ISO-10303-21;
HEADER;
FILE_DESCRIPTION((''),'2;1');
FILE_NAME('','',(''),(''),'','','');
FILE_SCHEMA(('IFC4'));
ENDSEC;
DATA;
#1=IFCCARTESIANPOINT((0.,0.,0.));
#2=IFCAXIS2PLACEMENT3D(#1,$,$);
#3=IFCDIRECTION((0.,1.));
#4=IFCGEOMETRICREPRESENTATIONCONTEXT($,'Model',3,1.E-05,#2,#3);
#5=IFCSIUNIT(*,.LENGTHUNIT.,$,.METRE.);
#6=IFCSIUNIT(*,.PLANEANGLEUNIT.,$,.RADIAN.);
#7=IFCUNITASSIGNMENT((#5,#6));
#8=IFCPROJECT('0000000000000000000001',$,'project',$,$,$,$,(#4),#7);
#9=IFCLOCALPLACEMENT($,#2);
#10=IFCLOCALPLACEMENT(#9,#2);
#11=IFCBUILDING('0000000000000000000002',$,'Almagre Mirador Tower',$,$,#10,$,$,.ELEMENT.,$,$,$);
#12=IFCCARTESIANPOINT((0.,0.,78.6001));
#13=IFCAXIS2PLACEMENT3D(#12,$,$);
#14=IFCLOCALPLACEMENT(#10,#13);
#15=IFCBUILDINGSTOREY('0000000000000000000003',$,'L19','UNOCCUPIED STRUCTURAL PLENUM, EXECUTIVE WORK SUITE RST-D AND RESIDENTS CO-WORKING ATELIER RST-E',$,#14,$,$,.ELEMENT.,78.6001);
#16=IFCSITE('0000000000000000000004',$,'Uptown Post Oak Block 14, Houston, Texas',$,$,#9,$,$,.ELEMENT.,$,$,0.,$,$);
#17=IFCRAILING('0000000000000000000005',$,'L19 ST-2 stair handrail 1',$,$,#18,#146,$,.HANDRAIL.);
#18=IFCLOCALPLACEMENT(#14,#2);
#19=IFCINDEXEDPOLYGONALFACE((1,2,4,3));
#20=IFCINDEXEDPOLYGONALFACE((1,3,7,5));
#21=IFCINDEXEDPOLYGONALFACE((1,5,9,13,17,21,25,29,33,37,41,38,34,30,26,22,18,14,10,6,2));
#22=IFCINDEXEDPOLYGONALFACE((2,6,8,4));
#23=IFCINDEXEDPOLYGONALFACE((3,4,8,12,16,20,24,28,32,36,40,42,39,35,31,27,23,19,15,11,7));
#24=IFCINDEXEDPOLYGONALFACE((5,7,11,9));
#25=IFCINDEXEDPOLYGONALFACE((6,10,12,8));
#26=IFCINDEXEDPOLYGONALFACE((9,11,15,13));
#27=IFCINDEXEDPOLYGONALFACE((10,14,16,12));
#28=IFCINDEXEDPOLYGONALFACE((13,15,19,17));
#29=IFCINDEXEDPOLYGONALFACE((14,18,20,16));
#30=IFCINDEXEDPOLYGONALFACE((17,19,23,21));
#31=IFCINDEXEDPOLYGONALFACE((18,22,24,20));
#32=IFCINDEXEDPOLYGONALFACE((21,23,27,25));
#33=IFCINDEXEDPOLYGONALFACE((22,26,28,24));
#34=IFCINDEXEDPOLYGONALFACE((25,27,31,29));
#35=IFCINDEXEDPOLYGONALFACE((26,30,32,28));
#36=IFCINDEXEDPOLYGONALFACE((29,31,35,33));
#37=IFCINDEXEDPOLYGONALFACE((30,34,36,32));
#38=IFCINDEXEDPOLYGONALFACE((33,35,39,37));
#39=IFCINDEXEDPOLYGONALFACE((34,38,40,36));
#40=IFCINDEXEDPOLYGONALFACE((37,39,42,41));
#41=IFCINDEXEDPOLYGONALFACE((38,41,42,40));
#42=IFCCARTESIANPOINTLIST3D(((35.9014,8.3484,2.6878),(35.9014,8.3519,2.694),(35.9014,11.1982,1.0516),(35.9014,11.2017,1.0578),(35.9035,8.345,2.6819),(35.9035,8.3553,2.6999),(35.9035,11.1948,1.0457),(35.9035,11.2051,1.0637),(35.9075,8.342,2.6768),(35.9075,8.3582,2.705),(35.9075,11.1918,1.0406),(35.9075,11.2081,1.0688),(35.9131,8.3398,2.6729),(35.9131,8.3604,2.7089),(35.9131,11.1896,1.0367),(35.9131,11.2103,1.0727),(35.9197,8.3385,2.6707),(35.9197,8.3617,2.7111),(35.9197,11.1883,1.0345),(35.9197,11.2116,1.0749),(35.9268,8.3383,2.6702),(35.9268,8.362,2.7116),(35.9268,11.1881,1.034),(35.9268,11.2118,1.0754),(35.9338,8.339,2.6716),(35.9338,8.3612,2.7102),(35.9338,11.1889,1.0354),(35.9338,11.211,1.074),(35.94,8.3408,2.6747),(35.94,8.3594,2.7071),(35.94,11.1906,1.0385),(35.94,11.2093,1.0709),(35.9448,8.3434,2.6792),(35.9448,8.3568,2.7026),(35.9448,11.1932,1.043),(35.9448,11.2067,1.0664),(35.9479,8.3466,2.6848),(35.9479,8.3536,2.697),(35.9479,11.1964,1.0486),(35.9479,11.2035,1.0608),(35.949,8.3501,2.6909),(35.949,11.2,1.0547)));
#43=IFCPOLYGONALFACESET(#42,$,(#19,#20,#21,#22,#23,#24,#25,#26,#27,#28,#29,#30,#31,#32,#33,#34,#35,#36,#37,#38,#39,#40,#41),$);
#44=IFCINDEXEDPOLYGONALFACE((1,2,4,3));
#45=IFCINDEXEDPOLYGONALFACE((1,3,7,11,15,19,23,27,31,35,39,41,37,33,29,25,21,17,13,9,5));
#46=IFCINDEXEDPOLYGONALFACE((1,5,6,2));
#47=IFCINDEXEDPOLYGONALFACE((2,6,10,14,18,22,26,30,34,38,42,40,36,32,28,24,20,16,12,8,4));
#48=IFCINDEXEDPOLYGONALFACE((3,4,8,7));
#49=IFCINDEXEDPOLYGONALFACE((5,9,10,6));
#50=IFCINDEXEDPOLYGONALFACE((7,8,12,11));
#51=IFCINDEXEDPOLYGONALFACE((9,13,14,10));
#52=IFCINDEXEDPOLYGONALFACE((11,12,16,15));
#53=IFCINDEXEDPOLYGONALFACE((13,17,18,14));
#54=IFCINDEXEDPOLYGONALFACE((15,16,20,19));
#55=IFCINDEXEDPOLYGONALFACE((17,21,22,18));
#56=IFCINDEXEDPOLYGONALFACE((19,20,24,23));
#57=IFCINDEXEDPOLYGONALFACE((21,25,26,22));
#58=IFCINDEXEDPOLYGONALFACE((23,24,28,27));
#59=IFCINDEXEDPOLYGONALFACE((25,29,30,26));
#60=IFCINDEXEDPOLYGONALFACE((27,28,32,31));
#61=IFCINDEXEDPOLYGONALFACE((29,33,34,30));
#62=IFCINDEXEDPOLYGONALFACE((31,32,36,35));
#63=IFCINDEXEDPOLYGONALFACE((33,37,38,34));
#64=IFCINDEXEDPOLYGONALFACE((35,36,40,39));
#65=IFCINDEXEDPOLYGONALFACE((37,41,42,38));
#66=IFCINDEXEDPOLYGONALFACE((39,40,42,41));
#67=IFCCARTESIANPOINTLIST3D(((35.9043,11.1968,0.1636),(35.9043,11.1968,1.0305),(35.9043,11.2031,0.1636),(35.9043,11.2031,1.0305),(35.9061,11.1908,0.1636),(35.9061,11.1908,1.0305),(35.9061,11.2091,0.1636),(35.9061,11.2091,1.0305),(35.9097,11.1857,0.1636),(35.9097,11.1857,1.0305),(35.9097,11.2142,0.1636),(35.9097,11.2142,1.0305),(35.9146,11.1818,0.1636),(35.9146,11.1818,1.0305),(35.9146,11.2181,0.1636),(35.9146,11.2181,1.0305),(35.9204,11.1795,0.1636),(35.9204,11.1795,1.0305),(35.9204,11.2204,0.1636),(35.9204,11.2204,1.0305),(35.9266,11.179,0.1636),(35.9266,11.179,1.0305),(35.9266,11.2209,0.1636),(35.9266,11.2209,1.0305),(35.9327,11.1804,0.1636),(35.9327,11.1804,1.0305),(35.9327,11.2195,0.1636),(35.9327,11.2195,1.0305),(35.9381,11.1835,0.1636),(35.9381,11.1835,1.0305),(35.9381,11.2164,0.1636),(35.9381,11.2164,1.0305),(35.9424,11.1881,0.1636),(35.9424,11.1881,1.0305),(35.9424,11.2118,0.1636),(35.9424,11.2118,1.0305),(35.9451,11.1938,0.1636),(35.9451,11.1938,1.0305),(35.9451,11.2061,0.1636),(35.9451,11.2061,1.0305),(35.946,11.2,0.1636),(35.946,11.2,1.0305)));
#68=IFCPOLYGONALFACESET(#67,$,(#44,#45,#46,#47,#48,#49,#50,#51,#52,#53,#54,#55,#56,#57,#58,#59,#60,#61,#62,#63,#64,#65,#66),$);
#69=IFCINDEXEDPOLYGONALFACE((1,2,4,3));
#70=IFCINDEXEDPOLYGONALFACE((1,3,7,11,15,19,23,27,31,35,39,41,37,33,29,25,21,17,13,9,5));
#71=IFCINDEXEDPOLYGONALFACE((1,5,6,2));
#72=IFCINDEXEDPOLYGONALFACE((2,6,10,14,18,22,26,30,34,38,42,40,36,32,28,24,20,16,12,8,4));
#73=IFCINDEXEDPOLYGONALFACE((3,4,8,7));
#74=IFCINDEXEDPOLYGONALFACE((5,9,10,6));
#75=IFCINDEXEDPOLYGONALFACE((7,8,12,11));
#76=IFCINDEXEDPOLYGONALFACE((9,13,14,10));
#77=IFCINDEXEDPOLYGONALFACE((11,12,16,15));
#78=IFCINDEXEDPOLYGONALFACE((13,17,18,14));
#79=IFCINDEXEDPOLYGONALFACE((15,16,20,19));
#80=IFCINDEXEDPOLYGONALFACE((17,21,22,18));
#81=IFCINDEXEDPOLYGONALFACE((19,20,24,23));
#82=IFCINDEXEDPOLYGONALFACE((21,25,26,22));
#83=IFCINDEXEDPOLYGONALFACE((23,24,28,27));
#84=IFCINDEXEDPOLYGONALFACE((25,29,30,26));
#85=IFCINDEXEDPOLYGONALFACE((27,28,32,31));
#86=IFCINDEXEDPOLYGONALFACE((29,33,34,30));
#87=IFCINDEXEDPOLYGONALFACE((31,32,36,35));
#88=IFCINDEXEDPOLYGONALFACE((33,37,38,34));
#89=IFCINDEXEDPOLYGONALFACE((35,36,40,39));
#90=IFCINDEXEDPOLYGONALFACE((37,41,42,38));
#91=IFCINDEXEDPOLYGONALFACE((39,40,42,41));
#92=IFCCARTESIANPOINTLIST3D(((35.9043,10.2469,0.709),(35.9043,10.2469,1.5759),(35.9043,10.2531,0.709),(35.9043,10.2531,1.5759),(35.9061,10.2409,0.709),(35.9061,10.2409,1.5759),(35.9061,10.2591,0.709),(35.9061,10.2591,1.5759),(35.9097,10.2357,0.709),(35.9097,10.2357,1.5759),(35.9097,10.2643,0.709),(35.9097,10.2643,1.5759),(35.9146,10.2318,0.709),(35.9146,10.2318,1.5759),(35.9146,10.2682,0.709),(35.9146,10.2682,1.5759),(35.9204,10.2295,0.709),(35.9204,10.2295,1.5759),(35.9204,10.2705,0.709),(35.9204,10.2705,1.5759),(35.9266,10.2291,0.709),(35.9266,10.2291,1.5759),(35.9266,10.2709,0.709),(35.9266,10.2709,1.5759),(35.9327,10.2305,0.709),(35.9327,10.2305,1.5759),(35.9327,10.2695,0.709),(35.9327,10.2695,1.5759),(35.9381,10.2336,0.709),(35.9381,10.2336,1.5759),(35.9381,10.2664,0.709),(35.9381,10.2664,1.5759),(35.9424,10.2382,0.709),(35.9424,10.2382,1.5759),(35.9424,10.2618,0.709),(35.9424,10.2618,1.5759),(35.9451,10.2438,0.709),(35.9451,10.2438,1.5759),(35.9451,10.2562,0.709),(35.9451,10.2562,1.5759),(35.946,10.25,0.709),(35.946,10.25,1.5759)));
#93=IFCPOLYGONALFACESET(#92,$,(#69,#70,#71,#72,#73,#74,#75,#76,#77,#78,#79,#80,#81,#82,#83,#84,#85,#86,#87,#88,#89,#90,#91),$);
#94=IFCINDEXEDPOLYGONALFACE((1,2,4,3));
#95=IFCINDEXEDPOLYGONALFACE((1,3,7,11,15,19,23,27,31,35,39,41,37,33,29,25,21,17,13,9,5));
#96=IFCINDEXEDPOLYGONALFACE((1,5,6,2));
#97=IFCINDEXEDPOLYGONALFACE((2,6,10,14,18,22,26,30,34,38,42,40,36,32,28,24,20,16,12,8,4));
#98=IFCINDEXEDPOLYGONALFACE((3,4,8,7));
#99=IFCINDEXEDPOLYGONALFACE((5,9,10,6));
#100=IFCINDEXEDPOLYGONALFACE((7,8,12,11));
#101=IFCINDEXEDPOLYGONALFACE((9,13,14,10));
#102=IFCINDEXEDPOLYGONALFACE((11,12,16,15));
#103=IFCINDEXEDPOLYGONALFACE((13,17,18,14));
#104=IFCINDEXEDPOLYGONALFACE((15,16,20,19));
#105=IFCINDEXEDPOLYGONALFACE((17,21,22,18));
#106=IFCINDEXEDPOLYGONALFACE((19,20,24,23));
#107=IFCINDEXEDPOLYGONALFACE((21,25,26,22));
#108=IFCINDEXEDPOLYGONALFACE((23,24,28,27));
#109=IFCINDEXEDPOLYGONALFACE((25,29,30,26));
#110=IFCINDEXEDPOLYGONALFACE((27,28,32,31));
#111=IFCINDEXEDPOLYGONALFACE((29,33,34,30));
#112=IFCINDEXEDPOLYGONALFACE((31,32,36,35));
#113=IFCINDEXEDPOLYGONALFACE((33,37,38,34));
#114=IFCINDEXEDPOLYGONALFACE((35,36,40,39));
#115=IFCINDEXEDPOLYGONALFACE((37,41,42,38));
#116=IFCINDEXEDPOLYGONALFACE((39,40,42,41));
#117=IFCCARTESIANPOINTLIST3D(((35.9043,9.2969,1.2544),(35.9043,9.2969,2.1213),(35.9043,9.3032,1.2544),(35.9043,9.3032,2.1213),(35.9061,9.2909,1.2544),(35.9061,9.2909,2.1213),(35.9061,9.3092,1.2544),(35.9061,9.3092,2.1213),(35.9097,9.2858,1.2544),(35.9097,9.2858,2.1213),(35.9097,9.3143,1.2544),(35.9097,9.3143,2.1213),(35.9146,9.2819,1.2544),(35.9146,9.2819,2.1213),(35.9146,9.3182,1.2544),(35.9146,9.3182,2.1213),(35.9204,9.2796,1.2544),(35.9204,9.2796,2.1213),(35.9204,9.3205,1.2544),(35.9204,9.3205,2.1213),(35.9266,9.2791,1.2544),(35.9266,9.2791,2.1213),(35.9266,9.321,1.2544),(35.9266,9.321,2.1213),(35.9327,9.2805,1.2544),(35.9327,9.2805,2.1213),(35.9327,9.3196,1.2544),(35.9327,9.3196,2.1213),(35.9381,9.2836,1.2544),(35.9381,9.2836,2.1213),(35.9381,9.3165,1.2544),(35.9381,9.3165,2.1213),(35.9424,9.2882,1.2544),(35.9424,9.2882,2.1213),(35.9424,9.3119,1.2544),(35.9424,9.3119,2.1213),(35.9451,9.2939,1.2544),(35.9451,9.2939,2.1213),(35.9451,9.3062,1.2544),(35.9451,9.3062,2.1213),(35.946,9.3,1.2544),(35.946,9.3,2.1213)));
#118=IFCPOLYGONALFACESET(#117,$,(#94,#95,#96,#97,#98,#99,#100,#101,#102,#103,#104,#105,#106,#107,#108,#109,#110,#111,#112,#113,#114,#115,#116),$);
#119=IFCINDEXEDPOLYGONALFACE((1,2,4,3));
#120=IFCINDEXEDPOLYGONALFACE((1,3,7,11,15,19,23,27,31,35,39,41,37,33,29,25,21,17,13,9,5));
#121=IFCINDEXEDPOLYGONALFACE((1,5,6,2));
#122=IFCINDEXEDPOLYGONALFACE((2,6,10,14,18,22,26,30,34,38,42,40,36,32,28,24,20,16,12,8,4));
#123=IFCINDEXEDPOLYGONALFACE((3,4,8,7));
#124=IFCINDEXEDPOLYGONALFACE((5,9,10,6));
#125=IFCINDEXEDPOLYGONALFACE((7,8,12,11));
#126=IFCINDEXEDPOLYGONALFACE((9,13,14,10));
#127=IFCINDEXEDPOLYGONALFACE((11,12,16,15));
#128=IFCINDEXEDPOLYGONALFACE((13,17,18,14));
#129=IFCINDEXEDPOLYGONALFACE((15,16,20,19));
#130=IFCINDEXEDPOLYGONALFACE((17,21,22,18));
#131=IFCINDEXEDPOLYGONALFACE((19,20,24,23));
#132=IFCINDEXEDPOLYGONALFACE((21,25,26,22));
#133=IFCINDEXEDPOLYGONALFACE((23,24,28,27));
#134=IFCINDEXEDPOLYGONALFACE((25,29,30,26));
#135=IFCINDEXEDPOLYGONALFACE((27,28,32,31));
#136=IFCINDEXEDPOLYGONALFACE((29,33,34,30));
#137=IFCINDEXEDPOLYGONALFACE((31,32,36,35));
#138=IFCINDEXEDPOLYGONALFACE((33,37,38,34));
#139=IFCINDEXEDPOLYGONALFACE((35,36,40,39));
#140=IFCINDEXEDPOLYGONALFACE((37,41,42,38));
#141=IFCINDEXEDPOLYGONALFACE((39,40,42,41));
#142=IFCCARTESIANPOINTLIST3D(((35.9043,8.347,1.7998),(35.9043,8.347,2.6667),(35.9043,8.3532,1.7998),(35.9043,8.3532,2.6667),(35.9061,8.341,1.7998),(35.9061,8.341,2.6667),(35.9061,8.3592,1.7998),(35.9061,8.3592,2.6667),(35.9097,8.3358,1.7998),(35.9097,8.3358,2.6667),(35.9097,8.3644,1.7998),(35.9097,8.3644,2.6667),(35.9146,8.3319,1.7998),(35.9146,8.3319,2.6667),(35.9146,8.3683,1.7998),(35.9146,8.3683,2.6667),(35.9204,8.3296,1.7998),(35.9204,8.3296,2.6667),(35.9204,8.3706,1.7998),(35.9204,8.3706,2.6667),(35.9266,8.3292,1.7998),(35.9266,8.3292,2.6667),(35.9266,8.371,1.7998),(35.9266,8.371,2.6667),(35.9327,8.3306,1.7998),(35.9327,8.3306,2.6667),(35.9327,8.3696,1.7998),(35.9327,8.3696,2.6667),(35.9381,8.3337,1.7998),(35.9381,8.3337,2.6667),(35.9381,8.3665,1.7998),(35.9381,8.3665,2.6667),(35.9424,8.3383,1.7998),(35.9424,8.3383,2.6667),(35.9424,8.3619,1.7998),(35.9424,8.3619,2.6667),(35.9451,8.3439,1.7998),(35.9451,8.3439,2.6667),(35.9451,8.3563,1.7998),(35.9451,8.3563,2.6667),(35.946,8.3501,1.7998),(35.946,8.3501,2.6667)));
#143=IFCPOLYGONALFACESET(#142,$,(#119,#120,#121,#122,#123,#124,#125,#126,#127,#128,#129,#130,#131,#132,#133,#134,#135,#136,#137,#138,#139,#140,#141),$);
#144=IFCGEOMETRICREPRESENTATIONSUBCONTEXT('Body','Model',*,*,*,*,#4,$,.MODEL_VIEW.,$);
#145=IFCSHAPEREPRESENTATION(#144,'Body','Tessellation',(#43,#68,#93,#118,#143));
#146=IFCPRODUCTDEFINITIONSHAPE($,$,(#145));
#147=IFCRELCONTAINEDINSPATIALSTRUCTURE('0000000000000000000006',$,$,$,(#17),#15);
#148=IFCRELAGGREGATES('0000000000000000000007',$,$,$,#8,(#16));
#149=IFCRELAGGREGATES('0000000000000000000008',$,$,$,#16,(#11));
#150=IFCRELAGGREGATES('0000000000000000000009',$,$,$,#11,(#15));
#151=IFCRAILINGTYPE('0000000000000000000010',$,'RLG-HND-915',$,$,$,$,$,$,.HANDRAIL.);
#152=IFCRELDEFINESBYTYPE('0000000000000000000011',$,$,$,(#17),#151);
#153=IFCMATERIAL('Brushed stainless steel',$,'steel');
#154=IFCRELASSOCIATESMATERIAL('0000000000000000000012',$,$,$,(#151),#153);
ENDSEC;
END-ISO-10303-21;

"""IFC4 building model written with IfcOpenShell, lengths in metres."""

from ifc_helpers import new_model, si_unit, direction, frame, origin, origin_2d, place, context, subcontext, project, spatial, circle, extrude, material, type_object, element, save


model = new_model("IFC4")

# Units and contexts
model_context = context("Model", 3, precision=1e-05, world=origin(), true_north=direction((0.0, 1.0)))
body_context = subcontext(model_context, "Body", "Model", "MODEL_VIEW")
ifc_project = project(units=[si_unit("LENGTHUNIT", "METRE"), si_unit("PLANEANGLEUNIT", "RADIAN")], contexts=[model_context])

# Site, building, storey
site_placement = place(None, origin())
site = spatial("IfcSite", under=ifc_project, at=site_placement, Name="Uptown Post Oak Block 14, Houston, Texas", CompositionType="ELEMENT", RefElevation=0.0)
building_placement = place(site_placement, origin())
building = spatial("IfcBuilding", under=site, at=building_placement, Name="Almagre Mirador Tower", CompositionType="ELEMENT")
storey_placement = place(building_placement, frame((0.0, 0.0, 78.6001)))
storey = spatial("IfcBuildingStorey", under=building, at=storey_placement, Name="L19", Description="UNOCCUPIED STRUCTURAL PLENUM, EXECUTIVE WORK SUITE RST-D AND RESIDENTS CO-WORKING ATELIER RST-E", CompositionType="ELEMENT", Elevation=78.6001)

# Railing
ifc_material_1 = material(Name="Brushed stainless steel", Category="steel")
railing_type_1 = type_object("IfcRailingType", Name="RLG-HND-915", PredefinedType="HANDRAIL", material=ifc_material_1)
railing_1_placement = place(storey_placement, frame((35.925, 11.2, 0.1636)))
element("IfcRailing", 1, at=railing_1_placement, inside=storey, type_object=railing_type_1, Name="L19 ST-2 stair handrail 1", PredefinedType="HANDRAIL", context=body_context, shape_type="SweptSolid", body=[
    extrude(circle(Radius=0.0239, at=origin_2d()), frame((0.0, 0.0, 0.8911), z_axis=(0.0, -0.867226, 0.497914), x_axis=(1.0, 0.0, 0.0)), (0.0, 0.0, 1.0), 3.2861),
    extrude(circle(Radius=0.021, at=origin_2d()), origin(), (0.0, 0.0, 1.0), 0.8669),
    extrude(circle(Radius=0.021, at=origin_2d()), frame((0.0, -0.95, 0.5454)), (0.0, 0.0, 1.0), 0.8669),
    extrude(circle(Radius=0.021, at=origin_2d()), frame((0.0, -1.8999, 1.0908)), (0.0, 0.0, 1.0), 0.8669),
    extrude(circle(Radius=0.021, at=origin_2d()), frame((0.0, -2.8499, 1.6362)), (0.0, 0.0, 1.0), 0.8669),
])

save(model, "model.ifc")
